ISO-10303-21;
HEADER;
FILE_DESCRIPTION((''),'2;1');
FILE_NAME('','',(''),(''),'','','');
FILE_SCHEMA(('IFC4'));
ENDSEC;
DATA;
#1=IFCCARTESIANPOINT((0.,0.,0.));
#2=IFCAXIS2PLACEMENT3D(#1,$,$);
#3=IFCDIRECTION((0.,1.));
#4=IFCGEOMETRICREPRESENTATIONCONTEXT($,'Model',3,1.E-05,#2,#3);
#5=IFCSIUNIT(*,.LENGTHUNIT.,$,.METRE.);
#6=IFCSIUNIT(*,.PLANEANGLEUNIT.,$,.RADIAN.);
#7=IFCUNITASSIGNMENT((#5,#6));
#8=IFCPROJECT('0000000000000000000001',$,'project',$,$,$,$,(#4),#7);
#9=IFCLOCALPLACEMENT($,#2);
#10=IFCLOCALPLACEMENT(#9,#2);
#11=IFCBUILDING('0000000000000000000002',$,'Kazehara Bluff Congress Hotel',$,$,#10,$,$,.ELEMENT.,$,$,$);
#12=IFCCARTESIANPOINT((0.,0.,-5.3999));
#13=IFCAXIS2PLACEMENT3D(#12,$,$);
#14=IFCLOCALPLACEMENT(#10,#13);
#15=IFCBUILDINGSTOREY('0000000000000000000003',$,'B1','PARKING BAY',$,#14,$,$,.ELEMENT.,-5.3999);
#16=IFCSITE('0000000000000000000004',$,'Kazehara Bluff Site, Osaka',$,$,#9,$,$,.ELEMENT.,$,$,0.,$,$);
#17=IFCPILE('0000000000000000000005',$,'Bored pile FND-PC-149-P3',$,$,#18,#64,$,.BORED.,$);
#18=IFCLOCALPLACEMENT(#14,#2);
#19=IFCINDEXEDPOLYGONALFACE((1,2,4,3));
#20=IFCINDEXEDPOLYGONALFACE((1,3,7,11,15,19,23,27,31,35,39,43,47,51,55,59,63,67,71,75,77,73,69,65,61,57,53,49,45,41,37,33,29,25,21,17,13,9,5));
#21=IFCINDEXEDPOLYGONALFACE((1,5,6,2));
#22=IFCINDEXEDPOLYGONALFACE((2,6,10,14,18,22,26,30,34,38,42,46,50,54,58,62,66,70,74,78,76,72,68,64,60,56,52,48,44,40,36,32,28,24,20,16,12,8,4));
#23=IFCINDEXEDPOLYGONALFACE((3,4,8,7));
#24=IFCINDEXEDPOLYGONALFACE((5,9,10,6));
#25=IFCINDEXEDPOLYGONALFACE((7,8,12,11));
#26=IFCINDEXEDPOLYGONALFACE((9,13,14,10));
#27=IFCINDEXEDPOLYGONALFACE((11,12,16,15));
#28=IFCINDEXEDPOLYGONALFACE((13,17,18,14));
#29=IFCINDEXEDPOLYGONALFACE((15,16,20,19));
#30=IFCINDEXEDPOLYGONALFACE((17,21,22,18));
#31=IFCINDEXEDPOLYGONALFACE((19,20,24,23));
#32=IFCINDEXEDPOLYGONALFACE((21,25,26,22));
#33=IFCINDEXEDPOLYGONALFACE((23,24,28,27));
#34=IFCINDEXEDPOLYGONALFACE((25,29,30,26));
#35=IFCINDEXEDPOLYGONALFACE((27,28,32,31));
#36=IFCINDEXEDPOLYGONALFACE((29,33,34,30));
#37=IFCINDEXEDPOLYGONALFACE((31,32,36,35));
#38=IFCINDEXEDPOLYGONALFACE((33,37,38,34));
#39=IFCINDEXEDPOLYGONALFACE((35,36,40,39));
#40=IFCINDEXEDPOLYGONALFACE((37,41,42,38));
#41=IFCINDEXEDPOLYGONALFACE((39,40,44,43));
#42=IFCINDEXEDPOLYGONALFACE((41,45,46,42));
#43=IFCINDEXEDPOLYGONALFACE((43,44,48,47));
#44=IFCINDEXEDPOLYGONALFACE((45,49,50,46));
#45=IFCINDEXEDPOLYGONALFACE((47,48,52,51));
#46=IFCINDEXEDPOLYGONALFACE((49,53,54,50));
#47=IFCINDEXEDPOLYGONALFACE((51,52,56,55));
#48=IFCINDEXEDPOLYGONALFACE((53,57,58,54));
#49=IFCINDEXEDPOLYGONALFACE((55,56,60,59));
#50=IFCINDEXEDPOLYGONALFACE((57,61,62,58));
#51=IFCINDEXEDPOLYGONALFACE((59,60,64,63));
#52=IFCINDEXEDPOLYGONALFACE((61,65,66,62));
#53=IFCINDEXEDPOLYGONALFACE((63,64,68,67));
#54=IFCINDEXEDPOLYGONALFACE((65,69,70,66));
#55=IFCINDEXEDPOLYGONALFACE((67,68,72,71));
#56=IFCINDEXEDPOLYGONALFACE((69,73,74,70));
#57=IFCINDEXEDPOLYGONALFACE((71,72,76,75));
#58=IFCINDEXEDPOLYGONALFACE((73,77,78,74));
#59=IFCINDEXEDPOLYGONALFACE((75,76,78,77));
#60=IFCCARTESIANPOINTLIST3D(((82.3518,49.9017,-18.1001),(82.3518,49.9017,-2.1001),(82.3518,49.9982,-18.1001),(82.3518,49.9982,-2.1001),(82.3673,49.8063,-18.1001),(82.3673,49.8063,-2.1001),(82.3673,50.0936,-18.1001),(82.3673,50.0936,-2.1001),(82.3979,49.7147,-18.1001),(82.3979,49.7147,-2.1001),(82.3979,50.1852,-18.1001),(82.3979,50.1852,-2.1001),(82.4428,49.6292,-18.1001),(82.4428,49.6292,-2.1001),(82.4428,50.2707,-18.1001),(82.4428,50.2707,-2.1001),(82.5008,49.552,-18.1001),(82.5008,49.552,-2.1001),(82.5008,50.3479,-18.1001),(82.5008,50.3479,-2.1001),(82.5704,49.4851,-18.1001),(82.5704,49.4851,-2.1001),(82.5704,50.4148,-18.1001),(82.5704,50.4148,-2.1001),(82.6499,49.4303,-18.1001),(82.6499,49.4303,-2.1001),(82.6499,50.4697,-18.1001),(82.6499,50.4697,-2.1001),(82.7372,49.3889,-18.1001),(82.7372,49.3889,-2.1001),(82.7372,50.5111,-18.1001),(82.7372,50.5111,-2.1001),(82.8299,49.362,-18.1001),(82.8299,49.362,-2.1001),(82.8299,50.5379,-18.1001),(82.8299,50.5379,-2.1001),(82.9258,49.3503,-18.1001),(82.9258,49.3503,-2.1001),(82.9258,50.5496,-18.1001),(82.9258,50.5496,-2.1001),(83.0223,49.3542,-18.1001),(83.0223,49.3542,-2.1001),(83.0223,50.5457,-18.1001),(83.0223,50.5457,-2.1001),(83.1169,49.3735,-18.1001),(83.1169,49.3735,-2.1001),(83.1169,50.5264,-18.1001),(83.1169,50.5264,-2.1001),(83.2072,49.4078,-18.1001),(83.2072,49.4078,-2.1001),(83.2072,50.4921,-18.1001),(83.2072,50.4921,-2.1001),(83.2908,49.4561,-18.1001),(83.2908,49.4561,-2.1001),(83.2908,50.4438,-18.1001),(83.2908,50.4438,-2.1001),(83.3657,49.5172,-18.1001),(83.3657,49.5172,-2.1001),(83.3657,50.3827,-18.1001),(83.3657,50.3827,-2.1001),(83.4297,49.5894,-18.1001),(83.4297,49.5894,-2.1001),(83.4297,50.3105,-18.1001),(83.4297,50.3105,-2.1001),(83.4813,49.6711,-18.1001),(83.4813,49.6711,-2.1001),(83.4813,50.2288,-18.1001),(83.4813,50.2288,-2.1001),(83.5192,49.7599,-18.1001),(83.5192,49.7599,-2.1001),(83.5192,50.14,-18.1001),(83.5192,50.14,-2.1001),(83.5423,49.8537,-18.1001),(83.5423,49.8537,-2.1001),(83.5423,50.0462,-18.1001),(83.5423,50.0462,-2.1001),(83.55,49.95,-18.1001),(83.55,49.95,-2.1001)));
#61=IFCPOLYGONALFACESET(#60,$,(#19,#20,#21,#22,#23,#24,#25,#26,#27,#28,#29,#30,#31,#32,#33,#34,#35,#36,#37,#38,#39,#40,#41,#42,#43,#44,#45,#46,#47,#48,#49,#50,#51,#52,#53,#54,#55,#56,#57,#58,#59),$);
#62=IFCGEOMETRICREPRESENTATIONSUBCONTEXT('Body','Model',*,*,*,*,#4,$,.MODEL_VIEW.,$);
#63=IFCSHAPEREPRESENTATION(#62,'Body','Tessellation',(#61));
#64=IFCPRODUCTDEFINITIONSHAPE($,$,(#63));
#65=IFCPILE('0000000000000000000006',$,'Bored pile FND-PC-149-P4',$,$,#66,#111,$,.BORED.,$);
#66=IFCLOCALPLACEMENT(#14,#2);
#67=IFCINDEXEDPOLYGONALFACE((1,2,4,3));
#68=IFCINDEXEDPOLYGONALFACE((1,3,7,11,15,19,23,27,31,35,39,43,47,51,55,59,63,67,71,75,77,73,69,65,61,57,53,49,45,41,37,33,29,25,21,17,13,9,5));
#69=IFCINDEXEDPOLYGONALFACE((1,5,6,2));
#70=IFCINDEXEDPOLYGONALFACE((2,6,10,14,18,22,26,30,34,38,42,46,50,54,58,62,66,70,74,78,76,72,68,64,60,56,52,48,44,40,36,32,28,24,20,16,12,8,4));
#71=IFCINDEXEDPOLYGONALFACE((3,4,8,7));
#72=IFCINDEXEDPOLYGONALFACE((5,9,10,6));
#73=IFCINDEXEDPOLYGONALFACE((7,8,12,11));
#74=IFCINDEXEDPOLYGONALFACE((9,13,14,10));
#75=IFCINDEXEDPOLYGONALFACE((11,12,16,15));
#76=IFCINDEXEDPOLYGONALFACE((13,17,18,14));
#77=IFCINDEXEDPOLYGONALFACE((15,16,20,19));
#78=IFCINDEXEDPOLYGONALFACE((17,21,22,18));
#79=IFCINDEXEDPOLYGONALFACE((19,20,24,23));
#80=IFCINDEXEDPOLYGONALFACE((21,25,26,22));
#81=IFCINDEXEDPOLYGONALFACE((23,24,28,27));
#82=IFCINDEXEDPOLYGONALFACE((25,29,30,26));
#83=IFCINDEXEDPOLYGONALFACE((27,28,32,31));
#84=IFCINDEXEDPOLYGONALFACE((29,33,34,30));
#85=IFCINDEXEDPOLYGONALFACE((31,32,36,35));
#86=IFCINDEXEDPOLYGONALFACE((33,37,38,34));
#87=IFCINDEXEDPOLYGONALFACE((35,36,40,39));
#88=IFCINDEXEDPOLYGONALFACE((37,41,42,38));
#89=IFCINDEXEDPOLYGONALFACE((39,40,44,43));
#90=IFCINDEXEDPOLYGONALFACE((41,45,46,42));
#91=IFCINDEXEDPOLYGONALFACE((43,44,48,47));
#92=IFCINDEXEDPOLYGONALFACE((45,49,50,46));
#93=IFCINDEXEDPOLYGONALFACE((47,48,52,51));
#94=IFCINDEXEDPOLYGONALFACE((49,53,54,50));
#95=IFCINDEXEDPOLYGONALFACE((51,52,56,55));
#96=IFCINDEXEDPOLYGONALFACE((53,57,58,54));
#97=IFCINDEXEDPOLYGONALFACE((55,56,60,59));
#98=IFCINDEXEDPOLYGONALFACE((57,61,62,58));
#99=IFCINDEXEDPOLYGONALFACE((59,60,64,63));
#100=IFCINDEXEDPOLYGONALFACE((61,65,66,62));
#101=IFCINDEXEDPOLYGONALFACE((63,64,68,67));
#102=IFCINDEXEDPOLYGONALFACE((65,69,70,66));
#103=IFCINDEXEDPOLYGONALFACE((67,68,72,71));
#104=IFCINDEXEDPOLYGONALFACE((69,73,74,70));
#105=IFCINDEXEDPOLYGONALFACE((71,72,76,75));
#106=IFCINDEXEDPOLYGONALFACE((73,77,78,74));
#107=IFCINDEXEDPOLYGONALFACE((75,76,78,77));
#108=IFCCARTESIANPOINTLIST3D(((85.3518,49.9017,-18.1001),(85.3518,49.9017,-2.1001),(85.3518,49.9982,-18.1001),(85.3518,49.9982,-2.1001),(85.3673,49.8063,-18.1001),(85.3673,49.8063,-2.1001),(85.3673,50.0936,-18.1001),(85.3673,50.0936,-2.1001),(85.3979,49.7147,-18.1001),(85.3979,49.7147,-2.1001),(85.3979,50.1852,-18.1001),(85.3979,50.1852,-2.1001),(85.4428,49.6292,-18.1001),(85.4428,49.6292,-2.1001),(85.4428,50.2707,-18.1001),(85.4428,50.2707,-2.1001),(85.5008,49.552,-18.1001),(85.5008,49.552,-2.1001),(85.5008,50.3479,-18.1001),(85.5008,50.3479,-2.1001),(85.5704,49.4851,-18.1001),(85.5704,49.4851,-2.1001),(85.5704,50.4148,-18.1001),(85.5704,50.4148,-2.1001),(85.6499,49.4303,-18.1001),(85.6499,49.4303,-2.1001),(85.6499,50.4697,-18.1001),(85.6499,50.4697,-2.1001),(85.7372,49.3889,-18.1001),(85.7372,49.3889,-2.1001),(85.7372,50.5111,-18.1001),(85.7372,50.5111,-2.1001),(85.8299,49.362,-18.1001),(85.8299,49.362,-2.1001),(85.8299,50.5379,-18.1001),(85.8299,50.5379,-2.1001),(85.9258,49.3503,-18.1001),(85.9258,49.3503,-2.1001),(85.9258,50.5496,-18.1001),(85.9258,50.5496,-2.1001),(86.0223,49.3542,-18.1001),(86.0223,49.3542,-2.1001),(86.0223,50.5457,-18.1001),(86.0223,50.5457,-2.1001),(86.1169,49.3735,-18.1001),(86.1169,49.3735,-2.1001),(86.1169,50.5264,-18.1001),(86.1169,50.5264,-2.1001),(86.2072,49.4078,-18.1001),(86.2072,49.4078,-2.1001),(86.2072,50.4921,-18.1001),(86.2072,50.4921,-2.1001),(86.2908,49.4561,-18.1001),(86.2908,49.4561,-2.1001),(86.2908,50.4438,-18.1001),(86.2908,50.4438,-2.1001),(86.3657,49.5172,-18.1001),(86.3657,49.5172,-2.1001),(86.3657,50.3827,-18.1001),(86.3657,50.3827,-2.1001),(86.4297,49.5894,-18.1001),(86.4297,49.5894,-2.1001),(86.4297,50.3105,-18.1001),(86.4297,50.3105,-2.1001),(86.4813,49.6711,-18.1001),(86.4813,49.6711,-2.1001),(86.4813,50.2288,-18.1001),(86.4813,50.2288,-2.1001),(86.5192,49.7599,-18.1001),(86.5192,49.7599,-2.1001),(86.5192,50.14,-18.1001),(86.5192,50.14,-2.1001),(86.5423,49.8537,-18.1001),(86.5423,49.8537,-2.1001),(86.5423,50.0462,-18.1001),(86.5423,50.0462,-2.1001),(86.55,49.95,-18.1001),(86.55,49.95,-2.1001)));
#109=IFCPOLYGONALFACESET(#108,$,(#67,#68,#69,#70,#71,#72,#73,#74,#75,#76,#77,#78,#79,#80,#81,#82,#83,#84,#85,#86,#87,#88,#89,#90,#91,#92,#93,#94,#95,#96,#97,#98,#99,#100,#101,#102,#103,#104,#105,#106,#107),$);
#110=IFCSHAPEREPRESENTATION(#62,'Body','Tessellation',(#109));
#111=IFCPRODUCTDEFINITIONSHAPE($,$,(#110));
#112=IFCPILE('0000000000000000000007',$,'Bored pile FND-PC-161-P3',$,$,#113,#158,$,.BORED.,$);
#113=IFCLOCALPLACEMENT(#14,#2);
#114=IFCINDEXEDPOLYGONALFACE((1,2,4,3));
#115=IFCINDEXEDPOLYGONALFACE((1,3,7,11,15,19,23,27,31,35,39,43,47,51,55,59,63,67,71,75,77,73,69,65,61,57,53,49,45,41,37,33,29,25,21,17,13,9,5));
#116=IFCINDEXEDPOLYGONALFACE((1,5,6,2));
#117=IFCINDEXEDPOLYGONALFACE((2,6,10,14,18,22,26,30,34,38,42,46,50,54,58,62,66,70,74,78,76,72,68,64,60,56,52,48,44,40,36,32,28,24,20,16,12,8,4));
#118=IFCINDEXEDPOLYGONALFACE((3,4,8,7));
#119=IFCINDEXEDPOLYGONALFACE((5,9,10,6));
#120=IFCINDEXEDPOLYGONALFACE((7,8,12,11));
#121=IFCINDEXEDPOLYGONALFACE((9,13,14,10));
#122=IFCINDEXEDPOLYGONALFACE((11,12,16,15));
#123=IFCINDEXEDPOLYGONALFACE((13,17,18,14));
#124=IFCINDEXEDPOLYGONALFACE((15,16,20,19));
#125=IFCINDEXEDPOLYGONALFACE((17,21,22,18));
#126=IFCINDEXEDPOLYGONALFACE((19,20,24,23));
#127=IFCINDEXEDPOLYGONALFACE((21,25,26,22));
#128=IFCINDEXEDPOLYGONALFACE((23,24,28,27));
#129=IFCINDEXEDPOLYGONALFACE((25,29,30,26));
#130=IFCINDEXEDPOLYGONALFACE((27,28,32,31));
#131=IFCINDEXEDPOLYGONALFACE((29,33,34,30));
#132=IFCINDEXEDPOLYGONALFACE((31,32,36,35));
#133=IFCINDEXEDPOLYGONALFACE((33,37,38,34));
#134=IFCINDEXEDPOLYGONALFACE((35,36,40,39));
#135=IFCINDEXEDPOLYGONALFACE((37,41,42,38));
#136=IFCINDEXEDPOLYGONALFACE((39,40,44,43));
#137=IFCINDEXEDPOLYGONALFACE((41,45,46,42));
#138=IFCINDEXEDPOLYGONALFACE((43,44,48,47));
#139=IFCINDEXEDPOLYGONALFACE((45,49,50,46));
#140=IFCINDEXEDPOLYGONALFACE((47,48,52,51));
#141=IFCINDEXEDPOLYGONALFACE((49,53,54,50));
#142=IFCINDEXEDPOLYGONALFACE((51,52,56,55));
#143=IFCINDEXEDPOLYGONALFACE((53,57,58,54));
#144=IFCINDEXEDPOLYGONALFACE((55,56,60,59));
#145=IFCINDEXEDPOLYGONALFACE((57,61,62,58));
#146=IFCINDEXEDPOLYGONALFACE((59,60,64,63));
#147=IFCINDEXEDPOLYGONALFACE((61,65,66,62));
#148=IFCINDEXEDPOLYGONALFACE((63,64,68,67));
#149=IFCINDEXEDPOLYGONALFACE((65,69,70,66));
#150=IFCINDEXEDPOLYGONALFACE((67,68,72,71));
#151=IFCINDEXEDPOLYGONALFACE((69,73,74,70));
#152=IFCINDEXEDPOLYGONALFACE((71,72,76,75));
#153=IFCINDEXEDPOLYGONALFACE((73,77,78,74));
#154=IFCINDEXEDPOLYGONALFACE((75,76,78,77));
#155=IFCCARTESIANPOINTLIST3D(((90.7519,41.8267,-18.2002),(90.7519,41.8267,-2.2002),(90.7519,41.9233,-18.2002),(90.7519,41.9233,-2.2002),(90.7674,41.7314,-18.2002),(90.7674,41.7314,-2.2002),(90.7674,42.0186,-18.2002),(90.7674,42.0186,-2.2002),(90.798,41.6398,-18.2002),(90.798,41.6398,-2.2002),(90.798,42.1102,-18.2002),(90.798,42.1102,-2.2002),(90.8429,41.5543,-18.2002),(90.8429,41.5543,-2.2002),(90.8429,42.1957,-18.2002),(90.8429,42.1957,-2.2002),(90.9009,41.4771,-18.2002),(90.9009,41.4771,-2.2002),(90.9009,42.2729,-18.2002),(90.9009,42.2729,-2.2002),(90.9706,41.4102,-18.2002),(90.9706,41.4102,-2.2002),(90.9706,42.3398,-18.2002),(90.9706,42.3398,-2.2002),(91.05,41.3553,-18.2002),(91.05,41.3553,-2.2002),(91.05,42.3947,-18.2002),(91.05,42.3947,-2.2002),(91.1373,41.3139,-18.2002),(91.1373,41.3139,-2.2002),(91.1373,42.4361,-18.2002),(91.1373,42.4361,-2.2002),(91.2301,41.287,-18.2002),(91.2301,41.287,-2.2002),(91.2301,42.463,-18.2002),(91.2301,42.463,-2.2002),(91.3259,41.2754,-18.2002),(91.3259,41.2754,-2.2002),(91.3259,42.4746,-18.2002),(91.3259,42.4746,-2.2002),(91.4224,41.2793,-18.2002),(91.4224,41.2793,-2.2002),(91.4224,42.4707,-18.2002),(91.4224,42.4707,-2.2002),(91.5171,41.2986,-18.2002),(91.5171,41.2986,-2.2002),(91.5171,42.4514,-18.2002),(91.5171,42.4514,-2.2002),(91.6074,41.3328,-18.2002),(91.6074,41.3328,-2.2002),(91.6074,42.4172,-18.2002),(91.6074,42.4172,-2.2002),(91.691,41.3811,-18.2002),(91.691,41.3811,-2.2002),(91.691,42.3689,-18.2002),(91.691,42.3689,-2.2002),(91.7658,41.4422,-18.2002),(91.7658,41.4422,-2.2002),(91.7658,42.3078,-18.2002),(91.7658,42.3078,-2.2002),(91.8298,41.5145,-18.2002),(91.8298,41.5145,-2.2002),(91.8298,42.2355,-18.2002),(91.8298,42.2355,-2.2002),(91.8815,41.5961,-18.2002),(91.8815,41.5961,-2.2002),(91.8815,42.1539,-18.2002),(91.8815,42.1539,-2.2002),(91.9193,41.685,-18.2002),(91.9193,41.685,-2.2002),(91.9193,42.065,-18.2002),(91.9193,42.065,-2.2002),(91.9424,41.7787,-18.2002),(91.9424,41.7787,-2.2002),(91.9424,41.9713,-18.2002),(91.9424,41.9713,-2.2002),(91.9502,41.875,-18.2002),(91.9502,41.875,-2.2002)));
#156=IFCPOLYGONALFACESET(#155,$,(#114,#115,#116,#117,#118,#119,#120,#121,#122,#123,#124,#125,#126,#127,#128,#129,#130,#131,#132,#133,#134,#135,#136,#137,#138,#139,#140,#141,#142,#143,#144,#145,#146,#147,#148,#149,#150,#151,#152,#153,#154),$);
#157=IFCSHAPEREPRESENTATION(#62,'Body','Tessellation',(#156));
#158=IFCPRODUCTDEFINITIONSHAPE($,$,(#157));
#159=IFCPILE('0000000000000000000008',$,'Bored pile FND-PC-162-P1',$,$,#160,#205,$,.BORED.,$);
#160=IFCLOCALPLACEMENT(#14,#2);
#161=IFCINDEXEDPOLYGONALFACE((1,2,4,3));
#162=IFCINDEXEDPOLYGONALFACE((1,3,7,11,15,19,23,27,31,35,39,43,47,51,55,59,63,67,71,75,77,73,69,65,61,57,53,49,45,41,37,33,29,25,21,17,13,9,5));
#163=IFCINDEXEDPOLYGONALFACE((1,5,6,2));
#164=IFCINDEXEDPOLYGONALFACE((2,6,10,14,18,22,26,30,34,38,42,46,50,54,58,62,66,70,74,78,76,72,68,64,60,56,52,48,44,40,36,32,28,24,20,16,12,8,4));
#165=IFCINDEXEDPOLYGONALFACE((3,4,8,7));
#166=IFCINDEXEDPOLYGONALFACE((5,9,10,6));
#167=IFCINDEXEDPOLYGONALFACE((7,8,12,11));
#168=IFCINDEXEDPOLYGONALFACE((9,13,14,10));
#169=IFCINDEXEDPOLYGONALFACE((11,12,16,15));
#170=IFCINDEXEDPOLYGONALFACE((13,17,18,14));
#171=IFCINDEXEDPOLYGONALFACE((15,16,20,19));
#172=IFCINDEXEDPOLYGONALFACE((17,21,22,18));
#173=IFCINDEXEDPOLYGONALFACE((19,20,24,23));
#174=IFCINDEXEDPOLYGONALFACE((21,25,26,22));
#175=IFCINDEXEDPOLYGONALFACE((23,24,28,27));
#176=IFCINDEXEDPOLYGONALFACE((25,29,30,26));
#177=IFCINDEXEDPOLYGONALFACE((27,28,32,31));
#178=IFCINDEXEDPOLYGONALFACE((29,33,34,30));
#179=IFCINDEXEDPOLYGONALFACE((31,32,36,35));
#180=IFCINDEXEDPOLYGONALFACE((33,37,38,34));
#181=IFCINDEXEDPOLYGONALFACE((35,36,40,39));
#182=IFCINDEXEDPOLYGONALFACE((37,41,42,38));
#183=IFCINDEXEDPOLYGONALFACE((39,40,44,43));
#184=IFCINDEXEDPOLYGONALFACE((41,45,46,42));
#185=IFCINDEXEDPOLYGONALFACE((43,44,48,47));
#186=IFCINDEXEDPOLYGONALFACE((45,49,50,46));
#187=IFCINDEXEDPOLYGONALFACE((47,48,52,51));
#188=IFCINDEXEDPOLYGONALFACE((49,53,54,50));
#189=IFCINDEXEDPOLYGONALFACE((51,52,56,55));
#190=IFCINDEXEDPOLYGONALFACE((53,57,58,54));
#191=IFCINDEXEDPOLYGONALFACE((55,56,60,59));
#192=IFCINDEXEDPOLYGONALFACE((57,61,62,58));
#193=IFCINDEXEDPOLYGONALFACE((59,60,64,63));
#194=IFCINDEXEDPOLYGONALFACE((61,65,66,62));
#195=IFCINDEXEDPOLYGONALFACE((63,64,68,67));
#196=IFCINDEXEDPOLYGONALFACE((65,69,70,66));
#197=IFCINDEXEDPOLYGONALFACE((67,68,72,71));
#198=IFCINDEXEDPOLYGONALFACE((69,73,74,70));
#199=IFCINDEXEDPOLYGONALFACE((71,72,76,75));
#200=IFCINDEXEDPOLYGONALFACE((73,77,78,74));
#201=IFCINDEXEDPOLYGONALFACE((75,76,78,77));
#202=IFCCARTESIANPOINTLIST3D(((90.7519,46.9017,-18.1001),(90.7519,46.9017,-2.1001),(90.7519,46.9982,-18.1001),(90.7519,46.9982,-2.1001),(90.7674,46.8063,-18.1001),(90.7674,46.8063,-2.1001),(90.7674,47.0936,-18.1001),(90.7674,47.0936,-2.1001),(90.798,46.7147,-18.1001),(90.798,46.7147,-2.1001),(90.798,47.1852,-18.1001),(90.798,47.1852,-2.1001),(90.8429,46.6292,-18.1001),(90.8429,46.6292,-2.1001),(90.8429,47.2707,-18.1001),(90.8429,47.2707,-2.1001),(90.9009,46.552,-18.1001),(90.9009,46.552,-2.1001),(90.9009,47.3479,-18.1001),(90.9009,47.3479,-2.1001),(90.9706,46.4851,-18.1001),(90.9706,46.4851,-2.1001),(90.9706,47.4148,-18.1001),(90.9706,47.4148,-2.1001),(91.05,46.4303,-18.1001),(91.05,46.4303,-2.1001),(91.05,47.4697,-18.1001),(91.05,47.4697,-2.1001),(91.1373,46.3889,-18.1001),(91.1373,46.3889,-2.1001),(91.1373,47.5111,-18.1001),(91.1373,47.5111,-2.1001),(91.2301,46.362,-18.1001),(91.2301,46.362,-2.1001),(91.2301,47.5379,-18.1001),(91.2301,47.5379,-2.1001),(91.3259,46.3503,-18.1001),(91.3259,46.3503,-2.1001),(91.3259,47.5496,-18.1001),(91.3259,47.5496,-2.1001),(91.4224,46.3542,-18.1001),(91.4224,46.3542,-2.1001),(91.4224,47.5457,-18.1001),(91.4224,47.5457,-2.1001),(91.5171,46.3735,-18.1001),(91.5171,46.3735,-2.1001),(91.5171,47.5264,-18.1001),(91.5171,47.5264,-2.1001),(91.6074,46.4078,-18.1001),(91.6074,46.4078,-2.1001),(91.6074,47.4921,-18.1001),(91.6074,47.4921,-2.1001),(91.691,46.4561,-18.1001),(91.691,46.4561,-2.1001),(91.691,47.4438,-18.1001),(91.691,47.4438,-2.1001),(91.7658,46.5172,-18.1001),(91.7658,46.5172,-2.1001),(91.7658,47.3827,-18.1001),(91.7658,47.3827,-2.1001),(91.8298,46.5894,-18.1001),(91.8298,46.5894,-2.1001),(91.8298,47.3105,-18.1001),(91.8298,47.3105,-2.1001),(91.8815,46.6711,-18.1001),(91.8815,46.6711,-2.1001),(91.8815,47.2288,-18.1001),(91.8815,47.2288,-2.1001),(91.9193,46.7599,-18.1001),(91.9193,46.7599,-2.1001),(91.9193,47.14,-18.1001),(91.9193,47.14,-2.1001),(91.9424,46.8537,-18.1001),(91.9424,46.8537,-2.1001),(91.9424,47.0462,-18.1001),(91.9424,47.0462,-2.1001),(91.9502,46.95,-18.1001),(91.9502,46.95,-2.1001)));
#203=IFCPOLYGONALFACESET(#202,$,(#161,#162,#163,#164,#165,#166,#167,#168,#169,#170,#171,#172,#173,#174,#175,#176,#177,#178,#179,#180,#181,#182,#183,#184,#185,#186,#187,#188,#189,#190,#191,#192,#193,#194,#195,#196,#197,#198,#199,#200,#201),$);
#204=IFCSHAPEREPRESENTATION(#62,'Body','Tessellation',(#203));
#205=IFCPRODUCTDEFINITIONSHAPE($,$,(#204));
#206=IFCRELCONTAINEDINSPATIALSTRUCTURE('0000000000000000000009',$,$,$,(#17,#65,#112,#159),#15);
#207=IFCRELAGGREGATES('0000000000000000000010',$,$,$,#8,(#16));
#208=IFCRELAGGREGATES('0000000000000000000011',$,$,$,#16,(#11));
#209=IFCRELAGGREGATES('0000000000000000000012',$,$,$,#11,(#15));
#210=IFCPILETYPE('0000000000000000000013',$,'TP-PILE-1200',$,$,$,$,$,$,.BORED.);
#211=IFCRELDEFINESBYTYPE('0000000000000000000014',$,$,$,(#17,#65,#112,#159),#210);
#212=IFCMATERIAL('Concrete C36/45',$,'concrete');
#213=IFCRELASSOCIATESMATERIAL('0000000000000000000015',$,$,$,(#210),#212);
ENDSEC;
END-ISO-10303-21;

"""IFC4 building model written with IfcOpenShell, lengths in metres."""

from ifc_helpers import new_model, si_unit, direction, frame, origin, origin_2d, place, context, subcontext, project, spatial, circle, extrude, material, material_profile, profile_set, type_object, element, save


model = new_model("IFC4")

# Units and contexts
model_context = context("Model", 3, precision=1e-05, world=origin(), true_north=direction((0.0, 1.0)))
body_context = subcontext(model_context, "Body", "Model", "MODEL_VIEW")
ifc_project = project(units=[si_unit("LENGTHUNIT", "METRE"), si_unit("PLANEANGLEUNIT", "RADIAN")], contexts=[model_context])

# Site, building, storey
site_placement = place(None, origin())
site = spatial("IfcSite", under=ifc_project, at=site_placement, Name="Kazehara Bluff Site, Osaka", CompositionType="ELEMENT", RefElevation=0.0)
building_placement = place(site_placement, origin())
building = spatial("IfcBuilding", under=site, at=building_placement, Name="Kazehara Bluff Congress Hotel", CompositionType="ELEMENT")
storey_placement = place(building_placement, frame((0.0, 0.0, -5.3999)))
storey = spatial("IfcBuildingStorey", under=building, at=storey_placement, Name="B1", Description="PARKING BAY", CompositionType="ELEMENT", Elevation=-5.3999)

# Piles
ifc_material_1 = material(Name="Concrete C36/45", Category="concrete")
ifc_material_profile_1 = material_profile(ifc_material_1, circle(Radius=0.6001, at=origin_2d()))
ifc_profile_set_1 = profile_set([ifc_material_profile_1], Name="Concrete C36/45")
pile_type = type_object("IfcPileType", Name="TP-PILE-1200", PredefinedType="BORED", material=ifc_profile_set_1)
for number, where, z_axis, x_axis, name in (
    (1, (82.95, 49.95, -2.1001), (0.0, 0.0, -1.0), (1.0, 0.0, 0.0), "Bored pile FND-PC-149-P3"),
    (2, (85.95, 49.95, -2.1001), (0.0, 0.0, -1.0), (1.0, 0.0, 0.0), "Bored pile FND-PC-149-P4"),
    (3, (91.3501, 41.875, -2.2002), (0.0, 0.0, -1.0), (1.0, 0.0, 0.0), "Bored pile FND-PC-161-P3"),
    (4, (91.3501, 46.95, -2.1001), (0.0, 0.0, -1.0), (1.0, 0.0, 0.0), "Bored pile FND-PC-162-P1"),
):
    element("IfcPile", number, at=place(storey_placement, frame(where, z_axis=z_axis, x_axis=x_axis)), inside=storey, type_object=pile_type, Name=name, PredefinedType="BORED", context=body_context, shape_type="SweptSolid", body=[
        extrude(circle(Radius=0.6001, at=origin_2d()), origin(), (0.0, 0.0, 1.0), 16.0),
    ])

save(model, "model.ifc")
